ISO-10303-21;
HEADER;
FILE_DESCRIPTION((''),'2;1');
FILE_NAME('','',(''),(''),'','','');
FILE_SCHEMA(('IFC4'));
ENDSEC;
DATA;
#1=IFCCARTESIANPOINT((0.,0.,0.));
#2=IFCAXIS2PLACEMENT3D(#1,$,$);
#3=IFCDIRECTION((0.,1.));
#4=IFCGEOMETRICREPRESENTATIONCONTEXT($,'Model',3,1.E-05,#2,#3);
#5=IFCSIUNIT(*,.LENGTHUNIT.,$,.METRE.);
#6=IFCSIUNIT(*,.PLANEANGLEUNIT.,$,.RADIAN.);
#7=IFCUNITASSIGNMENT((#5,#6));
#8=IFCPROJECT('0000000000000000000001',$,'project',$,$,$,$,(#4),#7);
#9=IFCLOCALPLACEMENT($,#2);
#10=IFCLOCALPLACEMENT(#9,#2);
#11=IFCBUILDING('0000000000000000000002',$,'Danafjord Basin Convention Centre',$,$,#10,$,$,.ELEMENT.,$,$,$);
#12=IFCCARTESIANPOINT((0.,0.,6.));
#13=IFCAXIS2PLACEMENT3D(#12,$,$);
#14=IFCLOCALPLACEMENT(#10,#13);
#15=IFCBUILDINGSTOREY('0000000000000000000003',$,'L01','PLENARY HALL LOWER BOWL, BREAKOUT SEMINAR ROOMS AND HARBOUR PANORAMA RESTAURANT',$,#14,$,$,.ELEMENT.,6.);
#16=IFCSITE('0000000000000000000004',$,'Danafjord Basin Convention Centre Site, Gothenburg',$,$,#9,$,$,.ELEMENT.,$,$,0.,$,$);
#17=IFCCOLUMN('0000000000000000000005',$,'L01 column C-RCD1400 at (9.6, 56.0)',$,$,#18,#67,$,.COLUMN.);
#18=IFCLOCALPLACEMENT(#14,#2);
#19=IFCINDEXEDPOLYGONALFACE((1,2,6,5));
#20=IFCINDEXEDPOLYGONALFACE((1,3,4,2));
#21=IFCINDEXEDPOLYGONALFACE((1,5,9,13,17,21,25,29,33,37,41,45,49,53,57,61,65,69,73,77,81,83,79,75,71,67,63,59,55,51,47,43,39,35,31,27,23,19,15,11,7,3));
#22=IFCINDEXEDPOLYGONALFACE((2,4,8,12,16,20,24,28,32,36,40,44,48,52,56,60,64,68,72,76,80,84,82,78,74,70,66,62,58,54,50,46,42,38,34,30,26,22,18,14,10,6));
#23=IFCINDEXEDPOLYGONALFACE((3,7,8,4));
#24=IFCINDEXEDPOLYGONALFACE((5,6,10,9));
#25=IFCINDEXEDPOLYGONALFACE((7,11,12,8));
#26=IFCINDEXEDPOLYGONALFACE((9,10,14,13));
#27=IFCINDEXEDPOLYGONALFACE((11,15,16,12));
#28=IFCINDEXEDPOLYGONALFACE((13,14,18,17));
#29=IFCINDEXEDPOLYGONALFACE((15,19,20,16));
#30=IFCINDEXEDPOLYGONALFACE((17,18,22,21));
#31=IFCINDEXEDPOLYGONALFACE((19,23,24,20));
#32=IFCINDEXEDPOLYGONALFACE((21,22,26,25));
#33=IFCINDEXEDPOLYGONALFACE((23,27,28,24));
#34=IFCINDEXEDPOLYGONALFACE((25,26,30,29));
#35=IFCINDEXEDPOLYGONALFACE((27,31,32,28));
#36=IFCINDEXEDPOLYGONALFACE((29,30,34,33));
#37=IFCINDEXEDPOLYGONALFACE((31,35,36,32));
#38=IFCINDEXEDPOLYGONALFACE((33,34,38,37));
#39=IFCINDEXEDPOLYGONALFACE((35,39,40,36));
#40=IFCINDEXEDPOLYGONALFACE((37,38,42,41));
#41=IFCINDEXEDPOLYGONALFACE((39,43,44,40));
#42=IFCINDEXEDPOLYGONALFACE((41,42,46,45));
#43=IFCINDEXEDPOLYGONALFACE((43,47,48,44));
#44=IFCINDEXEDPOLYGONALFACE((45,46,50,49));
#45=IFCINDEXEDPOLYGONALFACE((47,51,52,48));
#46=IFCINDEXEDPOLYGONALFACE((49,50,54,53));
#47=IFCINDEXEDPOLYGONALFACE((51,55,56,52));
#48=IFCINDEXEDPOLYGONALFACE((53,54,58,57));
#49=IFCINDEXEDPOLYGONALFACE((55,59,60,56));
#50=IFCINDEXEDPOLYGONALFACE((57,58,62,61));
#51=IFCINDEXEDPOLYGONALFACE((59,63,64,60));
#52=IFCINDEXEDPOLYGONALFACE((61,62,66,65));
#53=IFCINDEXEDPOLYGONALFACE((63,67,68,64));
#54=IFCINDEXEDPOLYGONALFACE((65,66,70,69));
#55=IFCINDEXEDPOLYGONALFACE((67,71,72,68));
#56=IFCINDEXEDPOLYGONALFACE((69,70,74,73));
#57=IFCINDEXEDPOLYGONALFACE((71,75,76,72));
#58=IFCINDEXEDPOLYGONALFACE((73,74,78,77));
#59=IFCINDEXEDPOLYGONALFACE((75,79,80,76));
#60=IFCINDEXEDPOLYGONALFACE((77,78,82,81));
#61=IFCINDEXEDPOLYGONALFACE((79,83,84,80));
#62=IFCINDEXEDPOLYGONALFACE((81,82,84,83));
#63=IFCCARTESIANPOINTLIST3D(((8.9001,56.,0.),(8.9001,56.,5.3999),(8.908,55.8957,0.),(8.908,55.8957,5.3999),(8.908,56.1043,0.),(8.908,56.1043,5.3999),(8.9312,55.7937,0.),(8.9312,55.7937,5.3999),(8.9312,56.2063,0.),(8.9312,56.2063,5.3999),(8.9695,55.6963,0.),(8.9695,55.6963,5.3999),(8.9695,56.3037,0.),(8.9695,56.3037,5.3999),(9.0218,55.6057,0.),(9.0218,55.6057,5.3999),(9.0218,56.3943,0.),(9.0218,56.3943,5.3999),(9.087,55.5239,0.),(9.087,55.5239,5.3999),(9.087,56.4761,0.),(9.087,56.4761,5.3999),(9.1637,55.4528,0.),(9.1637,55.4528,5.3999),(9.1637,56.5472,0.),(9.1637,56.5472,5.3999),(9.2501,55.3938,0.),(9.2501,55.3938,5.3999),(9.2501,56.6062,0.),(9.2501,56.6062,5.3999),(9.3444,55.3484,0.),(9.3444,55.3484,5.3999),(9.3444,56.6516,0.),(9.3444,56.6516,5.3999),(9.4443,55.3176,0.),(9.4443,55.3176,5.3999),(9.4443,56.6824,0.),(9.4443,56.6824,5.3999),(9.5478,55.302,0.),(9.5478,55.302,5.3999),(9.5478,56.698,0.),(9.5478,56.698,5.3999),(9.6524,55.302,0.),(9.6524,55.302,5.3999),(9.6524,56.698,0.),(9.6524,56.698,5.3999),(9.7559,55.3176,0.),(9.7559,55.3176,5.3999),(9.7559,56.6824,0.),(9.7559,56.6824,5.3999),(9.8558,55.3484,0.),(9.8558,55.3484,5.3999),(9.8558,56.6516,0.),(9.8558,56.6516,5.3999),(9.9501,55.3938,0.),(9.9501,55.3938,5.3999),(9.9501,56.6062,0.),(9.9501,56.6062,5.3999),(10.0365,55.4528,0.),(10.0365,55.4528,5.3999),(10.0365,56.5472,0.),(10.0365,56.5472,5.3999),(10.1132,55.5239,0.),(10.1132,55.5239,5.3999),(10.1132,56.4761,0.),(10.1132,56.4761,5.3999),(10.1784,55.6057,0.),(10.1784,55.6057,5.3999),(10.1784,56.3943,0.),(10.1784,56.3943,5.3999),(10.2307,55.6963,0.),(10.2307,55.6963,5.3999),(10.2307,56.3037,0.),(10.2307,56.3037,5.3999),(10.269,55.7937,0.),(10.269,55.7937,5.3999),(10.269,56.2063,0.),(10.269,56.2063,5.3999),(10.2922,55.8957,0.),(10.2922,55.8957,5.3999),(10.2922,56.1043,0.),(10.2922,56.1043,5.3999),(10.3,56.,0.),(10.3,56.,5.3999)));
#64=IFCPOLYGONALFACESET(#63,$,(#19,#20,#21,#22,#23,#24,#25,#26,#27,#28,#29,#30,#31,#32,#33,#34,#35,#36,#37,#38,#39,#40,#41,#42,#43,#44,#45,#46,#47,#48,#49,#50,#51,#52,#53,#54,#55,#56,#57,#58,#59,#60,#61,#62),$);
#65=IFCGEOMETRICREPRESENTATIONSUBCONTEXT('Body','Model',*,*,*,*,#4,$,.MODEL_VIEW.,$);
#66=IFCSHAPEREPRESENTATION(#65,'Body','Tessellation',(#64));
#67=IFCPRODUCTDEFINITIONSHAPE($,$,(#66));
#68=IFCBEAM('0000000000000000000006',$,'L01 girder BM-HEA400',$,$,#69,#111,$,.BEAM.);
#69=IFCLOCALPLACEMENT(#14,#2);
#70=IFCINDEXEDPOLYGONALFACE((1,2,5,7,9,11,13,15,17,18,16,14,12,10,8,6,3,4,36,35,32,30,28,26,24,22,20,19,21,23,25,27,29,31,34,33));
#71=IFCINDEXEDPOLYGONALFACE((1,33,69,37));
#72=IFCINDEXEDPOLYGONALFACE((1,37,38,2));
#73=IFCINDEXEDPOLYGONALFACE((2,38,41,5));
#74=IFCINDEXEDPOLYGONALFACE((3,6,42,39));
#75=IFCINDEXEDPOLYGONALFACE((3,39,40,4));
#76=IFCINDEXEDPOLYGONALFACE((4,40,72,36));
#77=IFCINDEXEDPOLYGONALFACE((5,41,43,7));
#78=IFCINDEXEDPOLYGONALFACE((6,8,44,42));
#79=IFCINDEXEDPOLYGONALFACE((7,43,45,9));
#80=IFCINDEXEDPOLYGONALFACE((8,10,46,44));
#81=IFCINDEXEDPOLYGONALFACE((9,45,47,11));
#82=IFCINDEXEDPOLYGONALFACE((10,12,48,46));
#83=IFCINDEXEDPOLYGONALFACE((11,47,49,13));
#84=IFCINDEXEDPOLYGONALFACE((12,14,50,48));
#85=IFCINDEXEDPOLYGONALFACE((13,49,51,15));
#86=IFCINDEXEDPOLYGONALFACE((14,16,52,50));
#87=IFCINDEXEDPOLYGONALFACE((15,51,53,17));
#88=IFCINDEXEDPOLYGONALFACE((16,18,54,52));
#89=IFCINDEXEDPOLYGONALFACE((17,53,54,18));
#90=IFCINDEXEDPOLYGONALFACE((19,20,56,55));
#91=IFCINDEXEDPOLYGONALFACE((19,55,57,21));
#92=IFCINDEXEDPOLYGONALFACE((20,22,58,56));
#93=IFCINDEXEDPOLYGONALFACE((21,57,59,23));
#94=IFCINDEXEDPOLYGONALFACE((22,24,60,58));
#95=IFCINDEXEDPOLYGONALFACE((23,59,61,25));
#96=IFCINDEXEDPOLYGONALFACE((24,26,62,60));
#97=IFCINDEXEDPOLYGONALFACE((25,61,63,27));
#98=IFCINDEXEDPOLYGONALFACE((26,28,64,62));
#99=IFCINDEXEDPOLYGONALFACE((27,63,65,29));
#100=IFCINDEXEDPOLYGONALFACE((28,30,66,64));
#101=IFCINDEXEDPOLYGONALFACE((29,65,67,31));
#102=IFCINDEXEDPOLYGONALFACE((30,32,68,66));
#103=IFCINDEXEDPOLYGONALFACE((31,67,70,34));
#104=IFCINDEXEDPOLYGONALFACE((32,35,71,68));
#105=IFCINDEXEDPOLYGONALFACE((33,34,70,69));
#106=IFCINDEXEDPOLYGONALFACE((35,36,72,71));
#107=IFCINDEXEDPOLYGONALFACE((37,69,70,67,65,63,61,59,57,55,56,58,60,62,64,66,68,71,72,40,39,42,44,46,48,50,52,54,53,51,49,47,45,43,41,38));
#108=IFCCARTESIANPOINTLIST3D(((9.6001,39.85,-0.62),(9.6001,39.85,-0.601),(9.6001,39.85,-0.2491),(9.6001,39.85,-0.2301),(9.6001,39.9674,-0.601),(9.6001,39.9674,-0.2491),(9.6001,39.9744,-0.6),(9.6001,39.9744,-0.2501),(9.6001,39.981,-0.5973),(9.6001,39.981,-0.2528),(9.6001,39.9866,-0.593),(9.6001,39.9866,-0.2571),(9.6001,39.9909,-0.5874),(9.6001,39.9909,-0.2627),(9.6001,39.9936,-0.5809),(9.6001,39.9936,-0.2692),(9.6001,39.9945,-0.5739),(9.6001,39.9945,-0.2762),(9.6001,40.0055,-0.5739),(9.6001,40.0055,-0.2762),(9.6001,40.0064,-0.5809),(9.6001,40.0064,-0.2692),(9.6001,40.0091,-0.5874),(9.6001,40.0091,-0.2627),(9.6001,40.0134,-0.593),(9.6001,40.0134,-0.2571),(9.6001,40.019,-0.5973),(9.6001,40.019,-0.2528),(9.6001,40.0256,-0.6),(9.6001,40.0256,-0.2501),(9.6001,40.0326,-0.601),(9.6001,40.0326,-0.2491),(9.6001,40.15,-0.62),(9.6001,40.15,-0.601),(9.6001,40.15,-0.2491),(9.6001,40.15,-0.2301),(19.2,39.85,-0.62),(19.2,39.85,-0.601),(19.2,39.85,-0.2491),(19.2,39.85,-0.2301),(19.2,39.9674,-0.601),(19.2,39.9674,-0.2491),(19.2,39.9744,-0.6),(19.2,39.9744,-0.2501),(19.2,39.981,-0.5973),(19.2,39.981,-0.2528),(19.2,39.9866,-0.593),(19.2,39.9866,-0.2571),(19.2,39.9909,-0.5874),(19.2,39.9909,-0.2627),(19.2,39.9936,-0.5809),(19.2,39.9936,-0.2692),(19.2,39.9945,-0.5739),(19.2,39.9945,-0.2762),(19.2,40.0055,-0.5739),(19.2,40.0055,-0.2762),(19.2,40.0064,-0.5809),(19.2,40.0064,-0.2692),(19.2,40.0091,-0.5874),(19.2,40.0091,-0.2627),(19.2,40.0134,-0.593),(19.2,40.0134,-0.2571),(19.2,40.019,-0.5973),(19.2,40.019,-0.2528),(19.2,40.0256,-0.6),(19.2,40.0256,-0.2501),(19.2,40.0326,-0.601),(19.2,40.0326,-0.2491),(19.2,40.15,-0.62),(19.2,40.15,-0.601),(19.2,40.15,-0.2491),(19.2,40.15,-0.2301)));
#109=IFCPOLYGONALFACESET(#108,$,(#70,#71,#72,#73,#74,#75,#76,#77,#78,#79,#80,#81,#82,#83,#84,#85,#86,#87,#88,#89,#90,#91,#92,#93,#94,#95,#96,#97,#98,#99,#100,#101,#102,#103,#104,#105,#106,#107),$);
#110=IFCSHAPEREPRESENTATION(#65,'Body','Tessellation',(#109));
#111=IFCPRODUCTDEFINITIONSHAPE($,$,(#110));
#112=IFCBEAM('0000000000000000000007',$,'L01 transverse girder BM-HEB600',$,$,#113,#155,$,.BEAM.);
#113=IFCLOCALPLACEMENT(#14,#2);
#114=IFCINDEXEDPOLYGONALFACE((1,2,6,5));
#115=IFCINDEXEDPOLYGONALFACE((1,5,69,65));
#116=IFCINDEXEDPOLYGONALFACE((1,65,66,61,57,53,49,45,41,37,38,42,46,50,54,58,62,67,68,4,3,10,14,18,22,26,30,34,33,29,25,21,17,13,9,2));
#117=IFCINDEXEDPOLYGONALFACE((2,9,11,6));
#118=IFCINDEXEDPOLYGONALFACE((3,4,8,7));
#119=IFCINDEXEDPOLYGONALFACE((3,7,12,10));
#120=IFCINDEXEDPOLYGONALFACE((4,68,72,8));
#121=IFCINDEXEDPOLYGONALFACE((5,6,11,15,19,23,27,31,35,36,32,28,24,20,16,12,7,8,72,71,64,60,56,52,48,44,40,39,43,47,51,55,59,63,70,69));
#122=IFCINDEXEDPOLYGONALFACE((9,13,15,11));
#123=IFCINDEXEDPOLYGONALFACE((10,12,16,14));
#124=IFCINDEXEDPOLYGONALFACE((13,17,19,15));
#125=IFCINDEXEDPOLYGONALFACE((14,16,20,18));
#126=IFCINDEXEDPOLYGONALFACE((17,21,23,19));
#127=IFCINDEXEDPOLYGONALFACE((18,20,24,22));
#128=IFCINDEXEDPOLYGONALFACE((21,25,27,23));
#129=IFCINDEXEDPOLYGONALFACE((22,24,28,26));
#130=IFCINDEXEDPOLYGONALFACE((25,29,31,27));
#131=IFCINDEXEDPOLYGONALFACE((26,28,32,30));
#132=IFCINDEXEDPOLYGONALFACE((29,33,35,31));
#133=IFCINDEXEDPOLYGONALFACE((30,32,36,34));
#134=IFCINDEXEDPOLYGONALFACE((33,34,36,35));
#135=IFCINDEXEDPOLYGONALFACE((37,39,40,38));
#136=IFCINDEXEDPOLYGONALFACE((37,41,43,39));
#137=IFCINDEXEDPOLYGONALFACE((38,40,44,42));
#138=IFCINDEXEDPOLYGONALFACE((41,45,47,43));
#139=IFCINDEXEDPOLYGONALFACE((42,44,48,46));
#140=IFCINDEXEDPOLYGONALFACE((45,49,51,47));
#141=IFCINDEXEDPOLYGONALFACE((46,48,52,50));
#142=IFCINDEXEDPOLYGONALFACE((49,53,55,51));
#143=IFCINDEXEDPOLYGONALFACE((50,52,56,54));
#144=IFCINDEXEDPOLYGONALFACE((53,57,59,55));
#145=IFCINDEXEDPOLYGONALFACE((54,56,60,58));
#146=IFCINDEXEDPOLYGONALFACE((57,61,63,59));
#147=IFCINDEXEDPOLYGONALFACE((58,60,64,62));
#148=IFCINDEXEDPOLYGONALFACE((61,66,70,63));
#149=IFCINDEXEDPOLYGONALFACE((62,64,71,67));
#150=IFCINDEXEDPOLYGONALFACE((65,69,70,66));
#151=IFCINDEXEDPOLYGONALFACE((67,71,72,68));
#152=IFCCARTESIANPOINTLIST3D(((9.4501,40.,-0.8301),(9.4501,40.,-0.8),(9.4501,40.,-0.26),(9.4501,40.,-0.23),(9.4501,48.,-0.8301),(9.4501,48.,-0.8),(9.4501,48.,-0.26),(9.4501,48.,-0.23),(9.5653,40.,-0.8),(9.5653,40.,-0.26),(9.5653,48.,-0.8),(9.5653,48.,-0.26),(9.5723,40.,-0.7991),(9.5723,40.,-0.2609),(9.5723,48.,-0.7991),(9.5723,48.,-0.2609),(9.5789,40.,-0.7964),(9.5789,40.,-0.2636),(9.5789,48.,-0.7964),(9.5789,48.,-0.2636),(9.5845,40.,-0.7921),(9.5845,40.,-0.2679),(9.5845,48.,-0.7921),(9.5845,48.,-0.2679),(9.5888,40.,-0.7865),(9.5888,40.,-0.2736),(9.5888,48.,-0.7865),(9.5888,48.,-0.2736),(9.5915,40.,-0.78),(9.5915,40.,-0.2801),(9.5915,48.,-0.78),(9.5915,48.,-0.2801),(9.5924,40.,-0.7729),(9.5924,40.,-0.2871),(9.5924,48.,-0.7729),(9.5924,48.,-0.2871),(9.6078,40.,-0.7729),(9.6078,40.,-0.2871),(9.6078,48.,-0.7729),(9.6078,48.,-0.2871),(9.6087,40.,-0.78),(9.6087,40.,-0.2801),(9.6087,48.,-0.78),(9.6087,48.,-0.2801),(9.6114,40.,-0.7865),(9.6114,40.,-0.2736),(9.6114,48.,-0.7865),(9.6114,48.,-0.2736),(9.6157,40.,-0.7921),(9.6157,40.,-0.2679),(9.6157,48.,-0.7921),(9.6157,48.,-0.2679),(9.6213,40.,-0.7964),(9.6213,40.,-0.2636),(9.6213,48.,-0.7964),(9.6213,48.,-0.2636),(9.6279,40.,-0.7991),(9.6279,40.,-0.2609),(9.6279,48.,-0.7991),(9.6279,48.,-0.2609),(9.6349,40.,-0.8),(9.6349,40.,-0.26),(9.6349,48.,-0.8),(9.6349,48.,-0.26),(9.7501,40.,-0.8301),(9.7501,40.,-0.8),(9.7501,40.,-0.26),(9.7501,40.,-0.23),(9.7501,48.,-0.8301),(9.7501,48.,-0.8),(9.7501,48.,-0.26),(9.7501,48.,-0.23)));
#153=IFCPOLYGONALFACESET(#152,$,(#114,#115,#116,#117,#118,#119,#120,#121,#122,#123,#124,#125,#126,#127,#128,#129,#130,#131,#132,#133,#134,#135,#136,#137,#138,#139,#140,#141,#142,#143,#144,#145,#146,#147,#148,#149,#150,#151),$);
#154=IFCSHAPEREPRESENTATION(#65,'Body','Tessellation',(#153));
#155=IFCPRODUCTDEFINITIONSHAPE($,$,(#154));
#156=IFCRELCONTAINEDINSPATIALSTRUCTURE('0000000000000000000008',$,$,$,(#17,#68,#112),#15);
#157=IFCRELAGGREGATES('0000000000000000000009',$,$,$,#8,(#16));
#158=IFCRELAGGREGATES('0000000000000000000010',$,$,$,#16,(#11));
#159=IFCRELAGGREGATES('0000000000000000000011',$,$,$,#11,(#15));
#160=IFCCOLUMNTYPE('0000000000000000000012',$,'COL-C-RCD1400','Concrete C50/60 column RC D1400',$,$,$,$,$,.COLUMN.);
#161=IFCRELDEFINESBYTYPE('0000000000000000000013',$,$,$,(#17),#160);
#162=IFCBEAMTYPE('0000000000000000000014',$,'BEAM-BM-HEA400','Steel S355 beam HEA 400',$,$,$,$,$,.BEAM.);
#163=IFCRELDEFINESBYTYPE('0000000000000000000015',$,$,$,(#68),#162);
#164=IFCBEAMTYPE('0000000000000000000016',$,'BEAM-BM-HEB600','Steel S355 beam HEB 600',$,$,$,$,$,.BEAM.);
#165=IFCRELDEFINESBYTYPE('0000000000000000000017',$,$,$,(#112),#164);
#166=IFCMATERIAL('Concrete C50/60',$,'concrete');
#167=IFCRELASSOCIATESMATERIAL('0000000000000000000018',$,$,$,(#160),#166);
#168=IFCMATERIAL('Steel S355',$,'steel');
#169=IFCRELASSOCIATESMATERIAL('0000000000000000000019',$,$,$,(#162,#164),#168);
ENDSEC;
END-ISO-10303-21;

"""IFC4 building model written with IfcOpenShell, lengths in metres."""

from ifc_helpers import new_model, si_unit, direction, frame, origin, origin_2d, place, context, subcontext, project, spatial, circle, i_section, extrude, material, material_profile, profile_set, type_object, element, save


model = new_model("IFC4")

# Units and contexts
model_context = context("Model", 3, precision=1e-05, world=origin(), true_north=direction((0.0, 1.0)))
body_context = subcontext(model_context, "Body", "Model", "MODEL_VIEW")
ifc_project = project(units=[si_unit("LENGTHUNIT", "METRE"), si_unit("PLANEANGLEUNIT", "RADIAN")], contexts=[model_context])

# Site, building, storey
site_placement = place(None, origin())
site = spatial("IfcSite", under=ifc_project, at=site_placement, Name="Danafjord Basin Convention Centre Site, Gothenburg", CompositionType="ELEMENT", RefElevation=0.0)
building_placement = place(site_placement, origin())
building = spatial("IfcBuilding", under=site, at=building_placement, Name="Danafjord Basin Convention Centre", CompositionType="ELEMENT")
storey_placement = place(building_placement, frame((0.0, 0.0, 6.0)))
storey = spatial("IfcBuildingStorey", under=building, at=storey_placement, Name="L01", Description="PLENARY HALL LOWER BOWL, BREAKOUT SEMINAR ROOMS AND HARBOUR PANORAMA RESTAURANT", CompositionType="ELEMENT", Elevation=6.0)

# Column
ifc_material_1 = material(Name="Steel S355", Category="steel")
ifc_material_2 = material(Name="Concrete C50/60", Category="concrete")
ifc_material_profile_1 = material_profile(ifc_material_2, circle(Radius=0.7, at=origin_2d()), Name="RC D1400")
ifc_profile_set_1 = profile_set([ifc_material_profile_1], Name="Concrete C50/60")
column_type_1 = type_object("IfcColumnType", Name="COL-C-RCD1400", Description="Concrete C50/60 column RC D1400", PredefinedType="COLUMN", material=ifc_profile_set_1)
column_1_placement = place(storey_placement, frame((9.6001, 56.0, 0.0), z_axis=(0.0, 0.0, 1.0), x_axis=(1.0, 0.0, 0.0)))
element("IfcColumn", 1, at=column_1_placement, inside=storey, type_object=column_type_1, Name="L01 column C-RCD1400 at (9.6, 56.0)", PredefinedType="COLUMN", context=body_context, shape_type="SweptSolid", body=[
    extrude(circle(Radius=0.7, at=origin_2d()), origin(), (0.0, 0.0, 1.0), 5.3999),
])

# Beams
ifc_material_profile_2 = material_profile(ifc_material_1, i_section(OverallWidth=0.3, OverallDepth=0.3899, WebThickness=0.011, FlangeThickness=0.019, FilletRadius=0.0271, at=origin_2d()), Name="HEA 400")
ifc_profile_set_2 = profile_set([ifc_material_profile_2], Name="Steel S355")
beam_type_1 = type_object("IfcBeamType", Name="BEAM-BM-HEA400", Description="Steel S355 beam HEA 400", PredefinedType="BEAM", material=ifc_profile_set_2)
beam_1_placement = place(storey_placement, frame((9.6001, 40.0, -0.425), z_axis=(1.0, 0.0, 0.0), x_axis=(0.0, 1.0, 0.0)))
element("IfcBeam", 2, at=beam_1_placement, inside=storey, type_object=beam_type_1, Name="L01 girder BM-HEA400", PredefinedType="BEAM", context=body_context, shape_type="SweptSolid", body=[
    extrude(i_section(OverallWidth=0.3, OverallDepth=0.3899, WebThickness=0.011, FlangeThickness=0.019, FilletRadius=0.0271, at=origin_2d()), origin(), (0.0, 0.0, 1.0), 9.5999),
])
ifc_material_profile_3 = material_profile(ifc_material_1, i_section(OverallWidth=0.3, OverallDepth=0.6001, WebThickness=0.0154, FlangeThickness=0.03, FilletRadius=0.0271, at=origin_2d()), Name="HEB 600")
ifc_profile_set_3 = profile_set([ifc_material_profile_3], Name="Steel S355")
beam_type_2 = type_object("IfcBeamType", Name="BEAM-BM-HEB600", Description="Steel S355 beam HEB 600", PredefinedType="BEAM", material=ifc_profile_set_3)
beam_2_placement = place(storey_placement, frame((9.6001, 40.0, -0.53), z_axis=(0.0, 1.0, 0.0), x_axis=(-1.0, 0.0, 0.0)))
element("IfcBeam", 3, at=beam_2_placement, inside=storey, type_object=beam_type_2, Name="L01 transverse girder BM-HEB600", PredefinedType="BEAM", context=body_context, shape_type="SweptSolid", body=[
    extrude(i_section(OverallWidth=0.3, OverallDepth=0.6001, WebThickness=0.0154, FlangeThickness=0.03, FilletRadius=0.0271, at=origin_2d()), origin(), (0.0, 0.0, 1.0), 8.0),
])

save(model, "model.ifc")
